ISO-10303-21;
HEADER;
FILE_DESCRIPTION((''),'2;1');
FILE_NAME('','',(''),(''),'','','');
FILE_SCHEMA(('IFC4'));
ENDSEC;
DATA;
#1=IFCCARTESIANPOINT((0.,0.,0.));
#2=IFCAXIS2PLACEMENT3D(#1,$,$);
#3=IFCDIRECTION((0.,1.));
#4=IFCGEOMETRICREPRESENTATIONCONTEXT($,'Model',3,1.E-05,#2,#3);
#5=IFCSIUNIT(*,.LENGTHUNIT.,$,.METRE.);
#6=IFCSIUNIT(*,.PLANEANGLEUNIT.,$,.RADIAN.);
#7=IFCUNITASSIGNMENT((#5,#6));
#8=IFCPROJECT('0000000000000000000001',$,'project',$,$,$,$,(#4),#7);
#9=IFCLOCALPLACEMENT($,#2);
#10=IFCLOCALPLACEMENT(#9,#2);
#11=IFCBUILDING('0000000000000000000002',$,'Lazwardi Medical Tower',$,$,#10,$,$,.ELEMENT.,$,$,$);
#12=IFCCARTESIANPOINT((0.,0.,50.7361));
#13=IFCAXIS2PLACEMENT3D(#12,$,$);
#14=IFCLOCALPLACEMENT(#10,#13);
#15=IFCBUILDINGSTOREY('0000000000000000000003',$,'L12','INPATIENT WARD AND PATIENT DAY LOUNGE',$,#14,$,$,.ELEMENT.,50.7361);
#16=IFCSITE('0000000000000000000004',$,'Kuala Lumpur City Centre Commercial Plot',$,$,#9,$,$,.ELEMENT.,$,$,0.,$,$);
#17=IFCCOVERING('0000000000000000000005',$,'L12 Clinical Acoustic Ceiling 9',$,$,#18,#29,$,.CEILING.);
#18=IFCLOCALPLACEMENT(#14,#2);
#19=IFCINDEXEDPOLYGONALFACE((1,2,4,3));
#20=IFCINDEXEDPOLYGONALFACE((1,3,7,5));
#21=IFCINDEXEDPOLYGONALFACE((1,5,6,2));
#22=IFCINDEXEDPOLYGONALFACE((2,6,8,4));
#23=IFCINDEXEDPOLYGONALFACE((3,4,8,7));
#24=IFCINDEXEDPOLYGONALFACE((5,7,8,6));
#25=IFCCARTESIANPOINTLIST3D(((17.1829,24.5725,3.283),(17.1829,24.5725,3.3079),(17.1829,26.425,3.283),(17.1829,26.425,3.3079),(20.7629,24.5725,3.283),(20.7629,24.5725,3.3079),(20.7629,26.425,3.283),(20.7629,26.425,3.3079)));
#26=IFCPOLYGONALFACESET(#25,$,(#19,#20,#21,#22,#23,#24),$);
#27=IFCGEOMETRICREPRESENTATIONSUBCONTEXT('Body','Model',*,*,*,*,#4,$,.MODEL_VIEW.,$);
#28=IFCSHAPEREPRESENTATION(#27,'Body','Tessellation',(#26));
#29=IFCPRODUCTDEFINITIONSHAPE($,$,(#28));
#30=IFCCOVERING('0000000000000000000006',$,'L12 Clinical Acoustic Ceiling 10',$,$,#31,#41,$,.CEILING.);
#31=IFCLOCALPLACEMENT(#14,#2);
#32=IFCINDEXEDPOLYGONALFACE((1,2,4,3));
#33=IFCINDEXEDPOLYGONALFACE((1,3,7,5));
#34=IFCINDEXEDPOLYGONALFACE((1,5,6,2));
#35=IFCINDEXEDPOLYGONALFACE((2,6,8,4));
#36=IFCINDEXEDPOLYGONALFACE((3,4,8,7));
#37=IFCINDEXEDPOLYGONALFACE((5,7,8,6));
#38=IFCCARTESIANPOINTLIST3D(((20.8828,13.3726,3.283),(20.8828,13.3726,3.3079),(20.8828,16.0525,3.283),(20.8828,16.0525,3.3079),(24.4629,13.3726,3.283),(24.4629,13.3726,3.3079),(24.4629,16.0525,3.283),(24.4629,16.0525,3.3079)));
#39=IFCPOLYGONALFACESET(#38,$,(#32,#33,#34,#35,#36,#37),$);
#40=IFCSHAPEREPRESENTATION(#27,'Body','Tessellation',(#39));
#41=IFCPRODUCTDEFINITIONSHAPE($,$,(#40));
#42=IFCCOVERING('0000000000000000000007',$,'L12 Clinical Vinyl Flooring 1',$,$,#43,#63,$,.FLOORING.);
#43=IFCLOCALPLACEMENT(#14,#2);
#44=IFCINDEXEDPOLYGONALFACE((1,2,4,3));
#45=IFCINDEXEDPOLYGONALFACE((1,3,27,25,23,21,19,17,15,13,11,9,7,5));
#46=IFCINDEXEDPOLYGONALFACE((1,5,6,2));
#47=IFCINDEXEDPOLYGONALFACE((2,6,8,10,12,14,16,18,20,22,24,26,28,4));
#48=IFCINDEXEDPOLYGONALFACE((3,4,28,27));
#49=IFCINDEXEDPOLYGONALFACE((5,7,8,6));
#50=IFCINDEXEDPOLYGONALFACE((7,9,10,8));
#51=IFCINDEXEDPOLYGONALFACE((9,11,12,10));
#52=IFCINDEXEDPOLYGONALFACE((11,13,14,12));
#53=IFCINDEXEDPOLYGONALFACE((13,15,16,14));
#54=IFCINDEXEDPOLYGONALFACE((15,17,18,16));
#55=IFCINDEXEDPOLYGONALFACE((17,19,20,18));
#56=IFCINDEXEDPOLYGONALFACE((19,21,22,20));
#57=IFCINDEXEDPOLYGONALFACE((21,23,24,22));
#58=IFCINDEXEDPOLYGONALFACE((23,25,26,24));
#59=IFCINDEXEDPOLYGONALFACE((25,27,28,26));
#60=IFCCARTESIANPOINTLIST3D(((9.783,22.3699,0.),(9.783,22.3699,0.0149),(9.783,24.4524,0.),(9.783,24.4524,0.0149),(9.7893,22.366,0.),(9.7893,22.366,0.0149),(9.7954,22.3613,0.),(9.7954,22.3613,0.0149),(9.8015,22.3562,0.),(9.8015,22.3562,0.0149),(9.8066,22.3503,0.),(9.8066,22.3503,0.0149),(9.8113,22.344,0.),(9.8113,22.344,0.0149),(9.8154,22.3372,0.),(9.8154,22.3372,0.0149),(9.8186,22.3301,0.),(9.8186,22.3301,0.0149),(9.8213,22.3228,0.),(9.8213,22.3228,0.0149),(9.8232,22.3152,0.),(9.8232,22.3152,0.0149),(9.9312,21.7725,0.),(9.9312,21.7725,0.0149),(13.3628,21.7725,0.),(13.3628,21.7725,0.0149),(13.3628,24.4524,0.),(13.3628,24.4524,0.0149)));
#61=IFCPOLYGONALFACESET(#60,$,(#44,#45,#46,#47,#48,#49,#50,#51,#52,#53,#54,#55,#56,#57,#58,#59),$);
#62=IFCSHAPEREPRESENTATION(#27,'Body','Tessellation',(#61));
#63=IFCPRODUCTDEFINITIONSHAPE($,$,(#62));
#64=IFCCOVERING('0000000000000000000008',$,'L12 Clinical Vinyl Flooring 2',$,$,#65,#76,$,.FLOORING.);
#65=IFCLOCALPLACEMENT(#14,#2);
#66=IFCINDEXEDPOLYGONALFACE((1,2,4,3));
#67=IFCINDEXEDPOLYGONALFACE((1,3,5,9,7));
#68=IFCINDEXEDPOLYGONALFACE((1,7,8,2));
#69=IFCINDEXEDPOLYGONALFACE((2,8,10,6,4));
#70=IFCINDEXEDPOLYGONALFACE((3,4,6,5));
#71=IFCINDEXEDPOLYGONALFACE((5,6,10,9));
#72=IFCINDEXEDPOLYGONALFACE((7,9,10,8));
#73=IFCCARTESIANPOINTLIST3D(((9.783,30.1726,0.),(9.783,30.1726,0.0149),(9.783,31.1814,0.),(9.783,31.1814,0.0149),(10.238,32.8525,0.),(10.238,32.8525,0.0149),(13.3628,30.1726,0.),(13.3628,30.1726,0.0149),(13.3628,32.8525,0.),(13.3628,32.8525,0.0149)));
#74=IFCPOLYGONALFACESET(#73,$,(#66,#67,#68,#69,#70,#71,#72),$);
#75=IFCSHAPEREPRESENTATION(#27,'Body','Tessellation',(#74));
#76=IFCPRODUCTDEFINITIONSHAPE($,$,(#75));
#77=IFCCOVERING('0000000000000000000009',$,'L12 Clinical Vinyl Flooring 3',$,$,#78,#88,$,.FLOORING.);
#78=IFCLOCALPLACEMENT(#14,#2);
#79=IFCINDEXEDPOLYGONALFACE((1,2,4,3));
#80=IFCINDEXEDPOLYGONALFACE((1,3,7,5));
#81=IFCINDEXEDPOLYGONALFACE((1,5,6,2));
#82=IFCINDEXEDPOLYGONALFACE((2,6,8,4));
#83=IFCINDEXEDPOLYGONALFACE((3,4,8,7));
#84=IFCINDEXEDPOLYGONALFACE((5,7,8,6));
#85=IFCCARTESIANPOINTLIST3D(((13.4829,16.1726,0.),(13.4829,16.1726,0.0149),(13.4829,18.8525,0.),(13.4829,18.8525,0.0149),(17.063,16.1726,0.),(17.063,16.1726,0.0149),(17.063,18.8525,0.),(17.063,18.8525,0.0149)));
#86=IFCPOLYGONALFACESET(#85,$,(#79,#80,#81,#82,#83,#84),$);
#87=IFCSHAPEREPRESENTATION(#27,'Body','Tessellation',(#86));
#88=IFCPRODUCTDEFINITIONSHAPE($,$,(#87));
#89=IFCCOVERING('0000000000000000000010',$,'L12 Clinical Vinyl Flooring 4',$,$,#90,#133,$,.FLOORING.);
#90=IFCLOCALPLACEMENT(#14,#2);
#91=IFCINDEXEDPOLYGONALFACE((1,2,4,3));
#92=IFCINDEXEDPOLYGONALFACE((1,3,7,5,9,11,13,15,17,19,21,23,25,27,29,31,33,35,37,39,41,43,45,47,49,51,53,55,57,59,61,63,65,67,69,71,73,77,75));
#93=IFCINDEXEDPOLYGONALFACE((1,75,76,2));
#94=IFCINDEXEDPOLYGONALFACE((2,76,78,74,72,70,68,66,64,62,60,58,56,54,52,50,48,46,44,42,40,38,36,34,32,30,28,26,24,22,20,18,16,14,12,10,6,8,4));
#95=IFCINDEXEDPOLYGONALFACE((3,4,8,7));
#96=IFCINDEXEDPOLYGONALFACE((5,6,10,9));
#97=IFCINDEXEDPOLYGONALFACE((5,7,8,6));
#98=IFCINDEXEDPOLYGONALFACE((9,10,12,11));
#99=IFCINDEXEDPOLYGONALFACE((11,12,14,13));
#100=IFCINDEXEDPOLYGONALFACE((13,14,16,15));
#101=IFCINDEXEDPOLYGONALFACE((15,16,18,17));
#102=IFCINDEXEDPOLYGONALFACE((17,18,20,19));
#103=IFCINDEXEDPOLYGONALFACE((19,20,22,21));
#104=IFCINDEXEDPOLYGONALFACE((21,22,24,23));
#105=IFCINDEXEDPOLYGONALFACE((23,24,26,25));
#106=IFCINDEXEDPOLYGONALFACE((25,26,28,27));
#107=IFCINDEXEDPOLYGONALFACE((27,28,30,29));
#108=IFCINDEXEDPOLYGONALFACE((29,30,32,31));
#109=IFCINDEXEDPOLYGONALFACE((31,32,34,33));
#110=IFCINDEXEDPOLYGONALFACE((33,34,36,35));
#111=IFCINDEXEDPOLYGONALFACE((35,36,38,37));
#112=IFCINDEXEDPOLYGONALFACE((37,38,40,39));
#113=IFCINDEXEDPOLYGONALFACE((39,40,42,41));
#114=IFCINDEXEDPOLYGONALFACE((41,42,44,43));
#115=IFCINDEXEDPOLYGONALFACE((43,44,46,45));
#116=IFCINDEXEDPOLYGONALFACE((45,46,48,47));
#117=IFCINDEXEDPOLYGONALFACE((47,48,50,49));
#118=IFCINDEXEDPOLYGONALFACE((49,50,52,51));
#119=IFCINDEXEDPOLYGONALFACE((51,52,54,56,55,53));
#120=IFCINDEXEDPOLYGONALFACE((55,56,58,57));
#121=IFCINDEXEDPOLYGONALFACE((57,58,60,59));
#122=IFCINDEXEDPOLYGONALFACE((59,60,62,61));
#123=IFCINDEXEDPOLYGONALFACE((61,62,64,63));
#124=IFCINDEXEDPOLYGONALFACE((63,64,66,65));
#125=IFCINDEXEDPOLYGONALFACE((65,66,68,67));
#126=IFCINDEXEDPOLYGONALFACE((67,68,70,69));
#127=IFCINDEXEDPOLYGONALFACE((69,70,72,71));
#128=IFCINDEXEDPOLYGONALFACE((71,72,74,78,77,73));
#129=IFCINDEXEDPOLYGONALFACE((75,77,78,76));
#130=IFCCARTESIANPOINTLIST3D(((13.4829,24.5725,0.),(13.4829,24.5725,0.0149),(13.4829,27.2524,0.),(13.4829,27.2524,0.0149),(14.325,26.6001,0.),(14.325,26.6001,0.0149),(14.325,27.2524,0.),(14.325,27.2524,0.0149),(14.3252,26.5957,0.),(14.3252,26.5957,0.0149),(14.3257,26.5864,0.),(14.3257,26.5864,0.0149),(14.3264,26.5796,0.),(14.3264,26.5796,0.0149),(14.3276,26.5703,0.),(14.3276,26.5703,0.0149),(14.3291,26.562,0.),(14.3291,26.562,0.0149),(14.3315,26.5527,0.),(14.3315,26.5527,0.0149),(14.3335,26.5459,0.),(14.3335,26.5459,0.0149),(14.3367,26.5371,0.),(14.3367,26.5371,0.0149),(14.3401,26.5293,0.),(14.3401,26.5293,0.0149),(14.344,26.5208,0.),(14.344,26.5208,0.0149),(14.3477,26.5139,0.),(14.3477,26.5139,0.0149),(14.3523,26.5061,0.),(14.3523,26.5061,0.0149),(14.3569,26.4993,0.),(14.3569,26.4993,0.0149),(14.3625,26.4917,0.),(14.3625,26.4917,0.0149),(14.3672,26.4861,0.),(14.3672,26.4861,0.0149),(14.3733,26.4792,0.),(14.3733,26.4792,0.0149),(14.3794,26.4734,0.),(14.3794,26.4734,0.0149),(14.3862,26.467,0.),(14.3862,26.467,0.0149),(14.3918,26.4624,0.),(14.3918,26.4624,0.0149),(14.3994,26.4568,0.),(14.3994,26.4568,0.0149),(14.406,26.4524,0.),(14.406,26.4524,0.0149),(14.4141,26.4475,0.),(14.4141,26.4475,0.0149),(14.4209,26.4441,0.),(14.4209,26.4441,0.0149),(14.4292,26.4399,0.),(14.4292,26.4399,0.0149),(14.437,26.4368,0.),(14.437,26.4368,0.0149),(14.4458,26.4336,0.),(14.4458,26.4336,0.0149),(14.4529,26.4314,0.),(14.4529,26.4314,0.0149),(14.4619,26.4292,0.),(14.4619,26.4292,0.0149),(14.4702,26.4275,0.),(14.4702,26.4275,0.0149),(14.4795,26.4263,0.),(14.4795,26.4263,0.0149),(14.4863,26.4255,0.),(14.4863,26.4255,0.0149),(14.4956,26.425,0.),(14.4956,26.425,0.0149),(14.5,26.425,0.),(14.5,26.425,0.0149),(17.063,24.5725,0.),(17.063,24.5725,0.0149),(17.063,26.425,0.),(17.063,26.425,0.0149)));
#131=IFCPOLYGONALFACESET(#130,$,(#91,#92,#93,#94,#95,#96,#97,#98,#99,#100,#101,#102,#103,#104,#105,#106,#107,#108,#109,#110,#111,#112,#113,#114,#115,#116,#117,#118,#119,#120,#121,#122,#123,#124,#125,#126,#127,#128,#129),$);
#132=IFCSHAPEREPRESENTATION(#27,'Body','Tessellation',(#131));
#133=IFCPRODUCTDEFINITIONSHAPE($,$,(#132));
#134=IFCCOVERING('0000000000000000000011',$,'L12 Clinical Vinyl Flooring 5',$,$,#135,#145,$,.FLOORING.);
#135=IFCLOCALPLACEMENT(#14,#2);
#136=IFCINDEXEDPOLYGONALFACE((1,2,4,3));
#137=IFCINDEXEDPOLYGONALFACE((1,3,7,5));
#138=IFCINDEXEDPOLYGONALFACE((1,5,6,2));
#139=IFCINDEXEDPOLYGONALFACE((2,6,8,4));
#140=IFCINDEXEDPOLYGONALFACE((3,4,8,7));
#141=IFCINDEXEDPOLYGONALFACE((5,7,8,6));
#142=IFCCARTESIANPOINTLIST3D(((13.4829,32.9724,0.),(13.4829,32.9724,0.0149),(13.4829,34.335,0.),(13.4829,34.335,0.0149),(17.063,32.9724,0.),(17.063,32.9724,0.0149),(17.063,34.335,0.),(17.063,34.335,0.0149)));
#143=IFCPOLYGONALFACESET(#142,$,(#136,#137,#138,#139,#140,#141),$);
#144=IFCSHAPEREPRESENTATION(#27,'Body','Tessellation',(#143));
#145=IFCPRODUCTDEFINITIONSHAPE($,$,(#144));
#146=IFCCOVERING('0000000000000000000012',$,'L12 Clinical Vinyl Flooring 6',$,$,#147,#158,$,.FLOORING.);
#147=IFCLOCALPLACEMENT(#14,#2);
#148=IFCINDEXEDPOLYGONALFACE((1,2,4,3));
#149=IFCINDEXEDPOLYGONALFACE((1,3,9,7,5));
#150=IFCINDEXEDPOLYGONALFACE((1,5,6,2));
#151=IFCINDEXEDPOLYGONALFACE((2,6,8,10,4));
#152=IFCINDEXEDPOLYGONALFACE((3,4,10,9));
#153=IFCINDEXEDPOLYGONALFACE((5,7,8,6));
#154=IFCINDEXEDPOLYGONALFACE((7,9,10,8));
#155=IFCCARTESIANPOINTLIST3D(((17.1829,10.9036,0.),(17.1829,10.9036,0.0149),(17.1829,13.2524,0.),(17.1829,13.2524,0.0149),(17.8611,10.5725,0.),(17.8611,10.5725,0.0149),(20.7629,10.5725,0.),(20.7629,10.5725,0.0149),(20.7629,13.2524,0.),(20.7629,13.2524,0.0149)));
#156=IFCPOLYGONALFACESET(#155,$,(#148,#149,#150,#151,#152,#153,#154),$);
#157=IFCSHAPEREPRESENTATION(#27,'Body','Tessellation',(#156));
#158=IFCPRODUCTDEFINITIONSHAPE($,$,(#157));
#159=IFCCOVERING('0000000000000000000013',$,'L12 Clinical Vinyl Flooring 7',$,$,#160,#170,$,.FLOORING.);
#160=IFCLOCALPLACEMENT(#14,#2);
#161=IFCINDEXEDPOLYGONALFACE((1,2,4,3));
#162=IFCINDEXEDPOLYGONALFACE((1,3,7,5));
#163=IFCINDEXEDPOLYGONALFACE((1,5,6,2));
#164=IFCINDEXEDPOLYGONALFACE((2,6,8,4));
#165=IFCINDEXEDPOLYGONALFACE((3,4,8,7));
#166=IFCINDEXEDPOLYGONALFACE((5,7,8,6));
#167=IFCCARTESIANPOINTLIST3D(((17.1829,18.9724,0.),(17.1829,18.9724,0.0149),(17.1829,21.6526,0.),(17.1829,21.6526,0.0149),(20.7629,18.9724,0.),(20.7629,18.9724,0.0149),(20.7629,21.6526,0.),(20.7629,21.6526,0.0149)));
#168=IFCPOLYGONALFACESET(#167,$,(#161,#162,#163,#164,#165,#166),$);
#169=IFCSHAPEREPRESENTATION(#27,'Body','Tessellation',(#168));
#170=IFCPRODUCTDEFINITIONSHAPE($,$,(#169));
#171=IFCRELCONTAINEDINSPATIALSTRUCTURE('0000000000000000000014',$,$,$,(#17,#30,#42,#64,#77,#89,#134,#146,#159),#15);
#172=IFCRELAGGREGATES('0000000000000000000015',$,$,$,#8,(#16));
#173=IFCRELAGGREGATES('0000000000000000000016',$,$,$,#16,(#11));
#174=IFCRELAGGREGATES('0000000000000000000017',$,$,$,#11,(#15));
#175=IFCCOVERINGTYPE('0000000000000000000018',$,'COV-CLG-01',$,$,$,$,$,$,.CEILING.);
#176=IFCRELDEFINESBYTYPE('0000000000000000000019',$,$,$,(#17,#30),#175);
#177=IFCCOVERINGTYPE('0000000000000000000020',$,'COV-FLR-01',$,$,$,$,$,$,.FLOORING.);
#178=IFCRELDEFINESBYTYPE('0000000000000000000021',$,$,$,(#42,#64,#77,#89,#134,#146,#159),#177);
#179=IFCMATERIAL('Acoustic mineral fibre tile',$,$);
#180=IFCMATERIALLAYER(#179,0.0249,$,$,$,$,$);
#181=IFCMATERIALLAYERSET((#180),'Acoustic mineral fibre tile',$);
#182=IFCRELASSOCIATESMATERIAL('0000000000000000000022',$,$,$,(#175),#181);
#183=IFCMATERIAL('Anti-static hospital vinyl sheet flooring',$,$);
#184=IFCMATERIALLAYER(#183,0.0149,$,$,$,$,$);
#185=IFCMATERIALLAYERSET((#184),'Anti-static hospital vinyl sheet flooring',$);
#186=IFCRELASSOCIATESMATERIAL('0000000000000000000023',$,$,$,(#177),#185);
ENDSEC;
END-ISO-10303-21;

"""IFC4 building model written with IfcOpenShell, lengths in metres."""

from ifc_helpers import new_model, si_unit, direction, frame, origin, place, context, subcontext, project, spatial, polyline, outline, extrude, material, layer, layer_set, type_object, element, save


model = new_model("IFC4")

# Units and contexts
model_context = context("Model", 3, precision=1e-05, world=origin(), true_north=direction((0.0, 1.0)))
body_context = subcontext(model_context, "Body", "Model", "MODEL_VIEW")
ifc_project = project(units=[si_unit("LENGTHUNIT", "METRE"), si_unit("PLANEANGLEUNIT", "RADIAN")], contexts=[model_context])

# Site, building, storey
site_placement = place(None, origin())
site = spatial("IfcSite", under=ifc_project, at=site_placement, Name="Kuala Lumpur City Centre Commercial Plot", CompositionType="ELEMENT", RefElevation=0.0)
building_placement = place(site_placement, origin())
building = spatial("IfcBuilding", under=site, at=building_placement, Name="Lazwardi Medical Tower", CompositionType="ELEMENT")
storey_placement = place(building_placement, frame((0.0, 0.0, 50.7361)))
storey = spatial("IfcBuildingStorey", under=building, at=storey_placement, Name="L12", Description="INPATIENT WARD AND PATIENT DAY LOUNGE", CompositionType="ELEMENT", Elevation=50.7361)

# Coverings
ifc_material_1 = material(Name="Acoustic mineral fibre tile")
ifc_layer_1 = layer(ifc_material_1, 0.0249)
ifc_layer_set_1 = layer_set([ifc_layer_1], Name="Acoustic mineral fibre tile")
covering_type_1 = type_object("IfcCoveringType", Name="COV-CLG-01", PredefinedType="CEILING", material=ifc_layer_set_1)
covering_1_placement = place(storey_placement, frame((0.0, 0.0, 3.283)))
element("IfcCovering", 1, at=covering_1_placement, inside=storey, type_object=covering_type_1, Name="L12 Clinical Acoustic Ceiling 9", PredefinedType="CEILING", context=body_context, shape_type="SweptSolid", body=[
    extrude(outline(polyline([(20.7629, 26.425), (17.1829, 26.425), (17.1829, 24.5725), (20.7629, 24.5725), (20.7629, 26.425)])), origin(), (0.0, 0.0, 1.0), 0.0249),
])
covering_2_placement = place(storey_placement, frame((0.0, 0.0, 3.283)))
element("IfcCovering", 2, at=covering_2_placement, inside=storey, type_object=covering_type_1, Name="L12 Clinical Acoustic Ceiling 10", PredefinedType="CEILING", context=body_context, shape_type="SweptSolid", body=[
    extrude(outline(polyline([(24.4629, 13.3726), (24.4629, 16.0525), (20.8828, 16.0525), (20.8828, 13.3726), (24.4629, 13.3726)])), origin(), (0.0, 0.0, 1.0), 0.0249),
])
ifc_material_2 = material(Name="Anti-static hospital vinyl sheet flooring")
ifc_layer_2 = layer(ifc_material_2, 0.0149)
ifc_layer_set_2 = layer_set([ifc_layer_2], Name="Anti-static hospital vinyl sheet flooring")
covering_type_2 = type_object("IfcCoveringType", Name="COV-FLR-01", PredefinedType="FLOORING", material=ifc_layer_set_2)
covering_3_placement = place(storey_placement, origin())
element("IfcCovering", 3, at=covering_3_placement, inside=storey, type_object=covering_type_2, Name="L12 Clinical Vinyl Flooring 1", PredefinedType="FLOORING", context=body_context, shape_type="SweptSolid", body=[
    extrude(outline(polyline([(9.783, 22.3699), (9.7893, 22.366), (9.7954, 22.3613), (9.8015, 22.3562), (9.8066, 22.3503), (9.8113, 22.344), (9.8154, 22.3372), (9.8186, 22.3301), (9.8213, 22.3228), (9.8232, 22.3152), (9.9312, 21.7725), (13.3628, 21.7725), (13.3628, 24.4524), (9.783, 24.4524), (9.783, 22.3699)])), origin(), (0.0, 0.0, 1.0), 0.0149),
])
covering_4_placement = place(storey_placement, origin())
element("IfcCovering", 4, at=covering_4_placement, inside=storey, type_object=covering_type_2, Name="L12 Clinical Vinyl Flooring 2", PredefinedType="FLOORING", context=body_context, shape_type="SweptSolid", body=[
    extrude(outline(polyline([(10.238, 32.8525), (9.783, 31.1814), (9.783, 30.1726), (13.3628, 30.1726), (13.3628, 32.8525), (10.238, 32.8525)])), origin(), (0.0, 0.0, 1.0), 0.0149),
])
covering_5_placement = place(storey_placement, origin())
element("IfcCovering", 5, at=covering_5_placement, inside=storey, type_object=covering_type_2, Name="L12 Clinical Vinyl Flooring 3", PredefinedType="FLOORING", context=body_context, shape_type="SweptSolid", body=[
    extrude(outline(polyline([(17.063, 16.1726), (17.063, 18.8525), (13.4829, 18.8525), (13.4829, 16.1726), (17.063, 16.1726)])), origin(), (0.0, 0.0, 1.0), 0.0149),
])
covering_6_placement = place(storey_placement, origin())
element("IfcCovering", 6, at=covering_6_placement, inside=storey, type_object=covering_type_2, Name="L12 Clinical Vinyl Flooring 4", PredefinedType="FLOORING", context=body_context, shape_type="SweptSolid", body=[
    extrude(outline(polyline([(17.063, 26.425), (14.5, 26.425), (14.4956, 26.425), (14.4863, 26.4255), (14.4795, 26.4263), (14.4702, 26.4275), (14.4619, 26.4292), (14.4529, 26.4314), (14.4458, 26.4336), (14.437, 26.4368), (14.4292, 26.4399), (14.4209, 26.4441), (14.4141, 26.4475), (14.406, 26.4524), (14.3994, 26.4568), (14.3918, 26.4624), (14.3862, 26.467), (14.3794, 26.4734), (14.3733, 26.4792), (14.3672, 26.4861), (14.3625, 26.4917), (14.3569, 26.4993), (14.3523, 26.5061), (14.3477, 26.5139), (14.344, 26.5208), (14.3401, 26.5293), (14.3367, 26.5371), (14.3335, 26.5459), (14.3315, 26.5527), (14.3291, 26.562), (14.3276, 26.5703), (14.3264, 26.5796), (14.3257, 26.5864), (14.3252, 26.5957), (14.325, 26.6001), (14.325, 27.2524), (13.4829, 27.2524), (13.4829, 24.5725), (17.063, 24.5725), (17.063, 26.425)])), origin(), (0.0, 0.0, 1.0), 0.0149),
])
covering_7_placement = place(storey_placement, origin())
element("IfcCovering", 7, at=covering_7_placement, inside=storey, type_object=covering_type_2, Name="L12 Clinical Vinyl Flooring 5", PredefinedType="FLOORING", context=body_context, shape_type="SweptSolid", body=[
    extrude(outline(polyline([(17.063, 34.335), (13.4829, 34.335), (13.4829, 32.9724), (17.063, 32.9724), (17.063, 34.335)])), origin(), (0.0, 0.0, 1.0), 0.0149),
])
covering_8_placement = place(storey_placement, origin())
element("IfcCovering", 8, at=covering_8_placement, inside=storey, type_object=covering_type_2, Name="L12 Clinical Vinyl Flooring 6", PredefinedType="FLOORING", context=body_context, shape_type="SweptSolid", body=[
    extrude(outline(polyline([(17.1829, 10.9036), (17.8611, 10.5725), (20.7629, 10.5725), (20.7629, 13.2524), (17.1829, 13.2524), (17.1829, 10.9036)])), origin(), (0.0, 0.0, 1.0), 0.0149),
])
covering_9_placement = place(storey_placement, origin())
element("IfcCovering", 9, at=covering_9_placement, inside=storey, type_object=covering_type_2, Name="L12 Clinical Vinyl Flooring 7", PredefinedType="FLOORING", context=body_context, shape_type="SweptSolid", body=[
    extrude(outline(polyline([(20.7629, 18.9724), (20.7629, 21.6526), (17.1829, 21.6526), (17.1829, 18.9724), (20.7629, 18.9724)])), origin(), (0.0, 0.0, 1.0), 0.0149),
])

save(model, "model.ifc")
